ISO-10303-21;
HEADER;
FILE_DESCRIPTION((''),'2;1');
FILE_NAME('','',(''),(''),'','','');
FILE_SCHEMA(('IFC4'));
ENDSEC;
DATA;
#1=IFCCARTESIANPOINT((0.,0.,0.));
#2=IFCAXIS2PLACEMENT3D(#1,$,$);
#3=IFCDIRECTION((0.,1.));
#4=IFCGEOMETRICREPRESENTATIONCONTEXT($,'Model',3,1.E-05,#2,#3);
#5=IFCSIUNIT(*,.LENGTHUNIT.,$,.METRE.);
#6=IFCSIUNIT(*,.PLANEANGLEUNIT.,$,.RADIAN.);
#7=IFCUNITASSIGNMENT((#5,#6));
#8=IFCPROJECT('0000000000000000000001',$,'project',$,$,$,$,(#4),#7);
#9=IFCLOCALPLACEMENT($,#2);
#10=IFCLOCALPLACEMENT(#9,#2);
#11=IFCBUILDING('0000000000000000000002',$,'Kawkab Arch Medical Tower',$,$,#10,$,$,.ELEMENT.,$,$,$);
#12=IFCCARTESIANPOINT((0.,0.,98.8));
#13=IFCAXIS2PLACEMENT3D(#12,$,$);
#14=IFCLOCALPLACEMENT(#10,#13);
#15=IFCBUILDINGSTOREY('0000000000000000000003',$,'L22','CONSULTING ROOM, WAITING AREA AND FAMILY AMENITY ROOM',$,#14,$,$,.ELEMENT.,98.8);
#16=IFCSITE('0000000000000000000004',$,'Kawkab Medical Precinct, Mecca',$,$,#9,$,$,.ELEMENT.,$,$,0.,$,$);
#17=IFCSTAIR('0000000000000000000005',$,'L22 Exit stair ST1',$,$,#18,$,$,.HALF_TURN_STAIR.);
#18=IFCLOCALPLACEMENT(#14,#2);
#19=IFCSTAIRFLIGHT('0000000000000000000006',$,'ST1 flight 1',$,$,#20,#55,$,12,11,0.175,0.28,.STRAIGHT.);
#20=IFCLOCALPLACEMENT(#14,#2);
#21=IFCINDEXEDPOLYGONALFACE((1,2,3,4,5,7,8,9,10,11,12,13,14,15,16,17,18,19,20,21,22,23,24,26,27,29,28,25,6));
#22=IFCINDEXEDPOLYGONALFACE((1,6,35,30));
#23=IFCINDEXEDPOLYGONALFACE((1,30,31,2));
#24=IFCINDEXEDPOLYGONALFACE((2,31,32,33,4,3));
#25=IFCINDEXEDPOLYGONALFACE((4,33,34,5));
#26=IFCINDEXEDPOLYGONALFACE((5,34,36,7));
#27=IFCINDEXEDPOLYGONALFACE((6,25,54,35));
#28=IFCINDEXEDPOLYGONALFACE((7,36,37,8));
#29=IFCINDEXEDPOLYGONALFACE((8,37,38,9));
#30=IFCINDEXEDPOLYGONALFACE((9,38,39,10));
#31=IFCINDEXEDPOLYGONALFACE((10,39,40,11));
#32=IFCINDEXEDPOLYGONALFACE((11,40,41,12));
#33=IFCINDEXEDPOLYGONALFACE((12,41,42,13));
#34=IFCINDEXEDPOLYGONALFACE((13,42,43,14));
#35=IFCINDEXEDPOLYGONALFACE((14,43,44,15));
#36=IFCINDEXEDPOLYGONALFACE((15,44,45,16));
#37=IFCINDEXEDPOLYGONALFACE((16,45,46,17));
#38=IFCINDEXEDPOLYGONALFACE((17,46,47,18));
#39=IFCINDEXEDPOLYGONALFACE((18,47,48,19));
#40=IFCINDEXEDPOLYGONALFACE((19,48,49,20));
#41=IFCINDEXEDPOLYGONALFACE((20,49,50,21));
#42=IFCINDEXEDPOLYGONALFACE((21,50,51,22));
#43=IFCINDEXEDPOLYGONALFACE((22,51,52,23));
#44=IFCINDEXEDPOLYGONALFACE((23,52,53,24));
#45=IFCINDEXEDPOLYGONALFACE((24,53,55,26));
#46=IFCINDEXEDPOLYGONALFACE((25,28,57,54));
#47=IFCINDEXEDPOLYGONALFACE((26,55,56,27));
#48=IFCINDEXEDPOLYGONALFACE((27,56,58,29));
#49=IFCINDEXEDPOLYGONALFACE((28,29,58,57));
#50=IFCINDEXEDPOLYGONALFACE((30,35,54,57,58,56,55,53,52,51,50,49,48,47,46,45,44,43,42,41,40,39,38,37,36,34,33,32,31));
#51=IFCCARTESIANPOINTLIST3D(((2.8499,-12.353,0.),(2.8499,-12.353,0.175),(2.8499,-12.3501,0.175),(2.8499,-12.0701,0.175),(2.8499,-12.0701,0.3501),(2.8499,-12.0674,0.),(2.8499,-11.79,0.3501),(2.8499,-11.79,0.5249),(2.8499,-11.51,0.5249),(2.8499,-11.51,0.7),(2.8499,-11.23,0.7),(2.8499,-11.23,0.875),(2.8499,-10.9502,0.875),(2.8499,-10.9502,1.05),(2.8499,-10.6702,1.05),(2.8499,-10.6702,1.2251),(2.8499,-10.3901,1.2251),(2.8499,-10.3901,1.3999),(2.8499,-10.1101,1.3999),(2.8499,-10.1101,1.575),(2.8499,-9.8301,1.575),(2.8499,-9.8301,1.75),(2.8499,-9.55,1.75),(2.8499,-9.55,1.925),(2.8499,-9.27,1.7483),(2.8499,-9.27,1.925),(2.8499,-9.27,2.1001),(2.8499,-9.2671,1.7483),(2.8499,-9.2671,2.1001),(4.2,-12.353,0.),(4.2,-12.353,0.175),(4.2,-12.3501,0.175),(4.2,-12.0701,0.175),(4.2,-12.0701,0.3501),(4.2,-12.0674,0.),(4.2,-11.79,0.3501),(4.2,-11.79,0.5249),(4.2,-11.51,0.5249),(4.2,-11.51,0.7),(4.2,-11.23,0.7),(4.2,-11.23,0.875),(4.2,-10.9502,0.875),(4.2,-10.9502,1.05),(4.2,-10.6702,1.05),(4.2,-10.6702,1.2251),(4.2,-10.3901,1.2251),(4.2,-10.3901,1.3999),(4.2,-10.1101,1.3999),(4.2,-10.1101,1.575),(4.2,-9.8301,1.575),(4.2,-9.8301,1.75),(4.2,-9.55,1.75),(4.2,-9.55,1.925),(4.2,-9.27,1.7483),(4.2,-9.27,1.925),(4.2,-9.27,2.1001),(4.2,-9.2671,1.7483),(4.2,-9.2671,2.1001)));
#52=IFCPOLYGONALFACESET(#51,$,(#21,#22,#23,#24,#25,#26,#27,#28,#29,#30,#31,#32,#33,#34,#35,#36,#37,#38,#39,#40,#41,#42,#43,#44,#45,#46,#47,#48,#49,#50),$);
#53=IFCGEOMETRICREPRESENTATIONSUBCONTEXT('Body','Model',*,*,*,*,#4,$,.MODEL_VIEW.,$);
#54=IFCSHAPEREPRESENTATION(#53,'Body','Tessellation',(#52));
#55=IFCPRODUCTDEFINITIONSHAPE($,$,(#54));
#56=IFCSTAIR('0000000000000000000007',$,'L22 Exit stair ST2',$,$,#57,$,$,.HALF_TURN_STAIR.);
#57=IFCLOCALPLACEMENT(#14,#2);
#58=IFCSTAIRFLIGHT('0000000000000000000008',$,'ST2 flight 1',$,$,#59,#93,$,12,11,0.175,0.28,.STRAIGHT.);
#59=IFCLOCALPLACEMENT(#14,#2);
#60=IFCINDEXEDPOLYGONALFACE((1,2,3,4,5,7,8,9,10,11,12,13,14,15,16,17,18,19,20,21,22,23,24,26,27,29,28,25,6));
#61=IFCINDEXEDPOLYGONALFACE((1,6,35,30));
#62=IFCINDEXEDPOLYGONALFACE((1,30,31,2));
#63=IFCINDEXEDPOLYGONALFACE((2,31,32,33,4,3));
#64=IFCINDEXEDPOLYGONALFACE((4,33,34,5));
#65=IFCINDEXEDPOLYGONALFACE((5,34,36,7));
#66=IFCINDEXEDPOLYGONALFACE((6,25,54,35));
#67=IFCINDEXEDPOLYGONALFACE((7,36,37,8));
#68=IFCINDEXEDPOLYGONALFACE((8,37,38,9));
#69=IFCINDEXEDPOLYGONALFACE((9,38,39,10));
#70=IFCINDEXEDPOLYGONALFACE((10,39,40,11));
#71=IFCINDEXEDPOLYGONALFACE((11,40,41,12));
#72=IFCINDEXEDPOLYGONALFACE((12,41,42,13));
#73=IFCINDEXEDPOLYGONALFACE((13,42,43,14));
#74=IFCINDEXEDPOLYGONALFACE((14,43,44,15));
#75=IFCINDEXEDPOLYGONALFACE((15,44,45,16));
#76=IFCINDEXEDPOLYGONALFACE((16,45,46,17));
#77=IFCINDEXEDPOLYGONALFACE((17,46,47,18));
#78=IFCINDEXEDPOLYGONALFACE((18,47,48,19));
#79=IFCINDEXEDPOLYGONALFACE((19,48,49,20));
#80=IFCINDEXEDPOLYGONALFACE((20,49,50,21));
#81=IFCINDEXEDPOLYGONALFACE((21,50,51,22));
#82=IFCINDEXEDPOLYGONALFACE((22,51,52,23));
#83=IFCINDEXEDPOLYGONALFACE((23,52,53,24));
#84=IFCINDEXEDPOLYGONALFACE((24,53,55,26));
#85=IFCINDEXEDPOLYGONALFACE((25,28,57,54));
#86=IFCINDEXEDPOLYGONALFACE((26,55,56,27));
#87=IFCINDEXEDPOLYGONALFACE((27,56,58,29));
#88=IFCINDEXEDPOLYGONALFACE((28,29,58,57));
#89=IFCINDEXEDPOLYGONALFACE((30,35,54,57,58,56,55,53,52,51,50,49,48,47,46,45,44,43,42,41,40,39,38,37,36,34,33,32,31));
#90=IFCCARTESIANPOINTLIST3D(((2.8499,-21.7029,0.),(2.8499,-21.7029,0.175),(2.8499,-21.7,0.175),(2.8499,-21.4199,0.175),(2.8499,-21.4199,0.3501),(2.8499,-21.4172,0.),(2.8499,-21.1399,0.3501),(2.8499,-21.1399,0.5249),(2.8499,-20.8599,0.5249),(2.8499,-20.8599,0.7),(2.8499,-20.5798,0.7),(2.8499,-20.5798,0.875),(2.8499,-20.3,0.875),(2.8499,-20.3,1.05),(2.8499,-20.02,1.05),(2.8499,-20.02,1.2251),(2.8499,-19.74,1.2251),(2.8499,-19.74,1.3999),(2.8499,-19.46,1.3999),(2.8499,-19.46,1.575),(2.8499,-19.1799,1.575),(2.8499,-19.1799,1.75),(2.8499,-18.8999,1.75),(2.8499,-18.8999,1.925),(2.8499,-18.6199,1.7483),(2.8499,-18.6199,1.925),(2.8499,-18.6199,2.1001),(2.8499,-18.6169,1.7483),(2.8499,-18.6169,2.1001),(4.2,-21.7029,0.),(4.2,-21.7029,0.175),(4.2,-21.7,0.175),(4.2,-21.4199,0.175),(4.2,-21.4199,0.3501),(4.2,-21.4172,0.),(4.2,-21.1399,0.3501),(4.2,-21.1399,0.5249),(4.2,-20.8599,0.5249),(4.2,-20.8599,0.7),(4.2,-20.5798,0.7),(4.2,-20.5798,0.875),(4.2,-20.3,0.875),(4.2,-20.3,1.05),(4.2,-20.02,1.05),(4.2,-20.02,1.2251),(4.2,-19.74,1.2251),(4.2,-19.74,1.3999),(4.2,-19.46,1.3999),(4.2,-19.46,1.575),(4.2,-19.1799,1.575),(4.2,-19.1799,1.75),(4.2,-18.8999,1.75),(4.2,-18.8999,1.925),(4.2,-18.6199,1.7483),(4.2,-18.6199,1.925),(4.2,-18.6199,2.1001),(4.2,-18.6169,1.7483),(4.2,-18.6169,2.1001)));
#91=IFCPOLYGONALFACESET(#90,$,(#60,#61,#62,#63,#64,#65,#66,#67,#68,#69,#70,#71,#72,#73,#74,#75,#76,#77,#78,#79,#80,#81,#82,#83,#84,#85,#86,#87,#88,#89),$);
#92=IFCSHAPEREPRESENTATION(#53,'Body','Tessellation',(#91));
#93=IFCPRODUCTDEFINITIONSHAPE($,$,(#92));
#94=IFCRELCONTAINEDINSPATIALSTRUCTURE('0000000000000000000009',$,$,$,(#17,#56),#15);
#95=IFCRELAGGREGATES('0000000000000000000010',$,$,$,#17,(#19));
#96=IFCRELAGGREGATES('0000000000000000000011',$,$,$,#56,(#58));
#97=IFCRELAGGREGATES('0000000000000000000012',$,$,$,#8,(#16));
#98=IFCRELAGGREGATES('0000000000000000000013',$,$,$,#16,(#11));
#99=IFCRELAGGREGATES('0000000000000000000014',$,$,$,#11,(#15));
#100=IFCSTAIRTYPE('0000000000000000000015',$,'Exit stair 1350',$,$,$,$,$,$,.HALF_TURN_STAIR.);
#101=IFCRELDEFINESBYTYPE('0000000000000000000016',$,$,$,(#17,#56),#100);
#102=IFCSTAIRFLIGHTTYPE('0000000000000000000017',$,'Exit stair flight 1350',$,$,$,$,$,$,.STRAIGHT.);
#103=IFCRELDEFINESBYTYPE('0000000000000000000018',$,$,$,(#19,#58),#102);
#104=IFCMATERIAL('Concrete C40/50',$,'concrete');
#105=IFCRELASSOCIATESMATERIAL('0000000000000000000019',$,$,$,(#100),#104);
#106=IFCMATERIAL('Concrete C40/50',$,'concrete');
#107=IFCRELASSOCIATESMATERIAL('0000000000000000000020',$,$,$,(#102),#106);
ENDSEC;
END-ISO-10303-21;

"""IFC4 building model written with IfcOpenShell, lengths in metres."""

from ifc_helpers import new_model, si_unit, direction, frame, origin, place, context, subcontext, project, spatial, polyline, outline, extrude, material, type_object, element, aggregate, save


model = new_model("IFC4")

# Units and contexts
model_context = context("Model", 3, precision=1e-05, world=origin(), true_north=direction((0.0, 1.0)))
body_context = subcontext(model_context, "Body", "Model", "MODEL_VIEW")
ifc_project = project(units=[si_unit("LENGTHUNIT", "METRE"), si_unit("PLANEANGLEUNIT", "RADIAN")], contexts=[model_context])

# Site, building, storey
site_placement = place(None, origin())
site = spatial("IfcSite", under=ifc_project, at=site_placement, Name="Kawkab Medical Precinct, Mecca", CompositionType="ELEMENT", RefElevation=0.0)
building_placement = place(site_placement, origin())
building = spatial("IfcBuilding", under=site, at=building_placement, Name="Kawkab Arch Medical Tower", CompositionType="ELEMENT")
storey_placement = place(building_placement, frame((0.0, 0.0, 98.8)))
storey = spatial("IfcBuildingStorey", under=building, at=storey_placement, Name="L22", Description="CONSULTING ROOM, WAITING AREA AND FAMILY AMENITY ROOM", CompositionType="ELEMENT", Elevation=98.8)

# Stairs, stair flights
ifc_material_1 = material(Name="Concrete C40/50", Category="concrete")
stair_type = type_object("IfcStairType", Name="Exit stair 1350", PredefinedType="HALF_TURN_STAIR", material=ifc_material_1)
placement = place(storey_placement, origin())
stair_1 = element("IfcStair", 1, at=placement, inside=storey, type_object=stair_type, Name="L22 Exit stair ST1", PredefinedType="HALF_TURN_STAIR")
ifc_material_2 = material(Name="Concrete C40/50", Category="concrete")
stair_flight_type = type_object("IfcStairFlightType", Name="Exit stair flight 1350", PredefinedType="STRAIGHT", material=ifc_material_2)
stair_flight_1_placement = place(storey_placement, frame((3.5249, -12.3501, 0.0), z_axis=(0.0, 0.0, 1.0), x_axis=(0.0, 1.0, 0.0)))
stair_flight_1 = element("IfcStairFlight", 2, at=stair_flight_1_placement, type_object=stair_flight_type, Name="ST1 flight 1", NumberOfRisers=12, NumberOfTreads=11, PredefinedType="STRAIGHT", RiserHeight=0.175, TreadLength=0.28, context=body_context, shape_type="SweptSolid", body=[
    extrude(outline(polyline([(-0.0029, 0.0), (-0.0029, 0.175), (0.0, 0.175), (0.28, 0.175), (0.28, 0.3501), (0.5601, 0.3501), (0.5601, 0.5249), (0.8401, 0.5249), (0.8401, 0.7), (1.1201, 0.7), (1.1201, 0.875), (1.3999, 0.875), (1.3999, 1.05), (1.6799, 1.05), (1.6799, 1.2251), (1.96, 1.2251), (1.96, 1.3999), (2.24, 1.3999), (2.24, 1.575), (2.52, 1.575), (2.52, 1.75), (2.8, 1.75), (2.8, 1.925), (3.0801, 1.925), (3.0801, 2.1001), (3.083, 2.1001), (3.083, 1.7483), (3.0801, 1.7483), (0.2827, 0.0), (-0.0029, 0.0)])), frame((0.0, 0.675, 0.0), z_axis=(0.0, -1.0, 0.0), x_axis=(1.0, 0.0, 0.0)), (0.0, 0.0, 1.0), 1.3501),
])
aggregate(stair_1, [stair_flight_1])
stair_2 = element("IfcStair", 3, at=placement, inside=storey, type_object=stair_type, Name="L22 Exit stair ST2", PredefinedType="HALF_TURN_STAIR")
stair_flight_2_placement = place(storey_placement, frame((3.5249, -21.7, 0.0), z_axis=(0.0, 0.0, 1.0), x_axis=(0.0, 1.0, 0.0)))
stair_flight_2 = element("IfcStairFlight", 4, at=stair_flight_2_placement, type_object=stair_flight_type, Name="ST2 flight 1", NumberOfRisers=12, NumberOfTreads=11, PredefinedType="STRAIGHT", RiserHeight=0.175, TreadLength=0.28, context=body_context, shape_type="SweptSolid", body=[
    extrude(outline(polyline([(-0.0029, 0.0), (-0.0029, 0.175), (0.0, 0.175), (0.28, 0.175), (0.28, 0.3501), (0.5601, 0.3501), (0.5601, 0.5249), (0.8401, 0.5249), (0.8401, 0.7), (1.1201, 0.7), (1.1201, 0.875), (1.3999, 0.875), (1.3999, 1.05), (1.6799, 1.05), (1.6799, 1.2251), (1.96, 1.2251), (1.96, 1.3999), (2.24, 1.3999), (2.24, 1.575), (2.52, 1.575), (2.52, 1.75), (2.8, 1.75), (2.8, 1.925), (3.0801, 1.925), (3.0801, 2.1001), (3.083, 2.1001), (3.083, 1.7483), (3.0801, 1.7483), (0.2827, 0.0), (-0.0029, 0.0)])), frame((0.0, 0.675, 0.0), z_axis=(0.0, -1.0, 0.0), x_axis=(1.0, 0.0, 0.0)), (0.0, 0.0, 1.0), 1.3501),
])
aggregate(stair_2, [stair_flight_2])

save(model, "model.ifc")
